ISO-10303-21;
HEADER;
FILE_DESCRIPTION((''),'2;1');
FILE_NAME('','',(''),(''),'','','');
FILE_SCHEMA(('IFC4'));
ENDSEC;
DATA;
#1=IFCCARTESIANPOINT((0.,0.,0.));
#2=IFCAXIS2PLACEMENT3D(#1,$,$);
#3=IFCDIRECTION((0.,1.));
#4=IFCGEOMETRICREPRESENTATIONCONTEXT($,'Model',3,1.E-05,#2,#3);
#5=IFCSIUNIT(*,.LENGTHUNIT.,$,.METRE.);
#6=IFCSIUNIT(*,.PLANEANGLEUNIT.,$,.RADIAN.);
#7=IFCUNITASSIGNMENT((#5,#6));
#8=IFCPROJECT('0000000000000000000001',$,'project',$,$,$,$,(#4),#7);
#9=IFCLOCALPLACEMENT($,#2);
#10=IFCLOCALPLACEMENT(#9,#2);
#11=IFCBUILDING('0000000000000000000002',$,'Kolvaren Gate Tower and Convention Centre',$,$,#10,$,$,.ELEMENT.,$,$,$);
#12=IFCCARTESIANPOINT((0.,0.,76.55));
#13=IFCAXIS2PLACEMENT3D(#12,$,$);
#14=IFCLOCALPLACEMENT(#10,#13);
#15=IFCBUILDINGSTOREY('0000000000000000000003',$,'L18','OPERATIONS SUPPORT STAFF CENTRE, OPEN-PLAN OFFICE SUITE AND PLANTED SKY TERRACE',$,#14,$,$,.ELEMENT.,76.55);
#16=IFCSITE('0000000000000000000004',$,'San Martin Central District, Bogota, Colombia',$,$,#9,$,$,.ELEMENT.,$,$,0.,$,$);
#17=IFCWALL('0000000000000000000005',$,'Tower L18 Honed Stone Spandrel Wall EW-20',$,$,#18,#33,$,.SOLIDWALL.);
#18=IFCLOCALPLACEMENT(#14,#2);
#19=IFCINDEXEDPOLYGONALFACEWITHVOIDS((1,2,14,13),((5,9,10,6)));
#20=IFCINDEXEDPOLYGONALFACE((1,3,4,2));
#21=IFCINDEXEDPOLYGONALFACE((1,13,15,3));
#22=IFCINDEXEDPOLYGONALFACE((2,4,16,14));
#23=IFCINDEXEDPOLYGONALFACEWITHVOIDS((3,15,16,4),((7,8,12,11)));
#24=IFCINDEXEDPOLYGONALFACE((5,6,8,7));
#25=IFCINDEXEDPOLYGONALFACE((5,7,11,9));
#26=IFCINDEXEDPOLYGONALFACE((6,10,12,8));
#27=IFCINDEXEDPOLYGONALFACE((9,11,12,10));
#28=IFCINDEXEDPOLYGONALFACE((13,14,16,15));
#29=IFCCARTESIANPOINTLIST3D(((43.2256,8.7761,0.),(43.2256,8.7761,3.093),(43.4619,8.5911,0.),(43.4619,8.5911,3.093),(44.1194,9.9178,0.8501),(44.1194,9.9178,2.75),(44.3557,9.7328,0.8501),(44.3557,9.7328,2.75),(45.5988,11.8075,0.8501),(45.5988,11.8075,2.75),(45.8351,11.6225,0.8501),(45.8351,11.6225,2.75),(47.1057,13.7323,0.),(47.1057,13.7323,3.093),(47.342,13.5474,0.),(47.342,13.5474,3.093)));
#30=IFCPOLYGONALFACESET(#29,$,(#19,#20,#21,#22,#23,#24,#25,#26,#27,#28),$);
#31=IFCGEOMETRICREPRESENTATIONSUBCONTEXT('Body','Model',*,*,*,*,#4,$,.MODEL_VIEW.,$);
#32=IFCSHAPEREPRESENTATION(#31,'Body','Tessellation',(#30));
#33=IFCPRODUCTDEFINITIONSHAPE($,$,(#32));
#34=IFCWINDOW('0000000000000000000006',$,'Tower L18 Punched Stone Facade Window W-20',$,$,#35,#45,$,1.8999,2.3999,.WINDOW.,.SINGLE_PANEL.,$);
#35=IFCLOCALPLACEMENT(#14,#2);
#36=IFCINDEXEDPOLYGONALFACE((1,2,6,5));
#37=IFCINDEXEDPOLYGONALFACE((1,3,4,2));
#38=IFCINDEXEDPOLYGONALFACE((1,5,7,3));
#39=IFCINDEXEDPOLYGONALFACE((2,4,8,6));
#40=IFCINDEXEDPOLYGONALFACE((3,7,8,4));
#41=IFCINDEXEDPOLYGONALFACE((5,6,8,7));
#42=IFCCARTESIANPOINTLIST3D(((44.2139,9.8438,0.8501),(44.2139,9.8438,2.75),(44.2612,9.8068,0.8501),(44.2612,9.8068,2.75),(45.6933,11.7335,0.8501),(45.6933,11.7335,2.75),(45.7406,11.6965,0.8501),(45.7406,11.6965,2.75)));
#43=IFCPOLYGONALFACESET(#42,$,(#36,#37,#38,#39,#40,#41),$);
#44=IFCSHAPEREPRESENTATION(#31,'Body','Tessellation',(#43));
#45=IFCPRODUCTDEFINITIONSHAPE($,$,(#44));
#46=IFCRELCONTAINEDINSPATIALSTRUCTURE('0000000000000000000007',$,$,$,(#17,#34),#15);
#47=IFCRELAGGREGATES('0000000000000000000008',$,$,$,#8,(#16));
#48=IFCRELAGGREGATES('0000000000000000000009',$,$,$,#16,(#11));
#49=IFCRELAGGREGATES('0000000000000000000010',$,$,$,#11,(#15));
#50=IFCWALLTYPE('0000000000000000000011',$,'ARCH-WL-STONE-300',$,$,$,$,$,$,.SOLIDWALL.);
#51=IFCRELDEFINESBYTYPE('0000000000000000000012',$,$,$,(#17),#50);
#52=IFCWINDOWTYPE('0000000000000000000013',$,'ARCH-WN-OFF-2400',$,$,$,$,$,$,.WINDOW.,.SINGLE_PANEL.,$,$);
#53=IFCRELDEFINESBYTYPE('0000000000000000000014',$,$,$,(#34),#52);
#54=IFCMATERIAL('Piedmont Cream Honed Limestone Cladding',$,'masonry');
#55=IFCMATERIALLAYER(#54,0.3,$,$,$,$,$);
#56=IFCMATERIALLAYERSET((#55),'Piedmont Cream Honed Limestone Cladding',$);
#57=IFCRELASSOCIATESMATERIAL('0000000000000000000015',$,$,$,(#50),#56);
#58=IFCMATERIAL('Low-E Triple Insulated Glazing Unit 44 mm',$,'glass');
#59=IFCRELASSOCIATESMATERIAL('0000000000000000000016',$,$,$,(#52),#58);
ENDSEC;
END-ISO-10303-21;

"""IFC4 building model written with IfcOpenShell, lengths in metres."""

from ifc_helpers import new_model, si_unit, direction, frame, frame_2d, origin, place, context, subcontext, project, spatial, rectangle, extrude, material, layer, layer_set, type_object, element, fill, save


model = new_model("IFC4")

# Units and contexts
model_context = context("Model", 3, precision=1e-05, world=origin(), true_north=direction((0.0, 1.0)))
body_context = subcontext(model_context, "Body", "Model", "MODEL_VIEW")
ifc_project = project(units=[si_unit("LENGTHUNIT", "METRE"), si_unit("PLANEANGLEUNIT", "RADIAN")], contexts=[model_context])

# Site, building, storey
site_placement = place(None, origin())
site = spatial("IfcSite", under=ifc_project, at=site_placement, Name="San Martin Central District, Bogota, Colombia", CompositionType="ELEMENT", RefElevation=0.0)
building_placement = place(site_placement, origin())
building = spatial("IfcBuilding", under=site, at=building_placement, Name="Kolvaren Gate Tower and Convention Centre", CompositionType="ELEMENT")
storey_placement = place(building_placement, frame((0.0, 0.0, 76.55)))
storey = spatial("IfcBuildingStorey", under=building, at=storey_placement, Name="L18", Description="OPERATIONS SUPPORT STAFF CENTRE, OPEN-PLAN OFFICE SUITE AND PLANTED SKY TERRACE", CompositionType="ELEMENT", Elevation=76.55)

# Shared definitions
ifc_material_1 = material(Name="Low-E Triple Insulated Glazing Unit 44 mm", Category="glass")

# Shared definitions
ifc_material_2 = material(Name="Piedmont Cream Honed Limestone Cladding", Category="masonry")

# Wall, opening, window
ifc_layer_1 = layer(ifc_material_2, 0.3)
ifc_layer_set_1 = layer_set([ifc_layer_1], Name="Piedmont Cream Honed Limestone Cladding")
wall_type_1 = type_object("IfcWallType", Name="ARCH-WL-STONE-300", PredefinedType="SOLIDWALL", material=ifc_layer_set_1)
wall_1_placement = place(storey_placement, frame((43.3438, 8.6836, 0.0), z_axis=(0.0, 0.0, 1.0), x_axis=(0.616435, 0.787406, 0.0)))
wall_1 = element("IfcWall", 1, at=wall_1_placement, inside=storey, type_object=wall_type_1, Name="Tower L18 Honed Stone Spandrel Wall EW-20", PredefinedType="SOLIDWALL", context=body_context, shape_type="SweptSolid", body=[
    extrude(rectangle(XDim=6.2944, YDim=0.3, at=frame_2d((3.1472, 0.0))), origin(), (0.0, 0.0, 1.0), 3.093),
])
opening_1_placement = place(wall_1_placement, frame((1.45, 0.0, 0.8501)))
opening_1 = element("IfcOpeningElement", 2, at=opening_1_placement, cuts=wall_1, PredefinedType="OPENING", context=body_context, shape_type="SweptSolid", body=[
    extrude(rectangle(XDim=2.3999, YDim=1.8999, at=frame_2d((1.2, 0.95))), frame((0.0, 0.1599, 0.0), z_axis=(0.0, -1.0, 0.0), x_axis=(1.0, 0.0, 0.0)), (0.0, 0.0, 1.0), 0.3201),
])
window_type = type_object("IfcWindowType", Name="ARCH-WN-OFF-2400", PartitioningType="SINGLE_PANEL", PredefinedType="WINDOW", material=ifc_material_1)
window_placement = place(opening_1_placement, origin())
window = element("IfcWindow", 3, at=window_placement, inside=storey, type_object=window_type, Name="Tower L18 Punched Stone Facade Window W-20", OverallHeight=1.8999, OverallWidth=2.3999, PartitioningType="SINGLE_PANEL", PredefinedType="WINDOW", context=body_context, shape_type="SweptSolid", body=[
    extrude(rectangle(XDim=2.3999, YDim=1.8999, at=frame_2d((1.2, 0.95))), frame((0.0, 0.03, 0.0), z_axis=(0.0, -1.0, 0.0), x_axis=(1.0, 0.0, 0.0)), (0.0, 0.0, 1.0), 0.0601),
])
fill(opening_1, window)

save(model, "model.ifc")
